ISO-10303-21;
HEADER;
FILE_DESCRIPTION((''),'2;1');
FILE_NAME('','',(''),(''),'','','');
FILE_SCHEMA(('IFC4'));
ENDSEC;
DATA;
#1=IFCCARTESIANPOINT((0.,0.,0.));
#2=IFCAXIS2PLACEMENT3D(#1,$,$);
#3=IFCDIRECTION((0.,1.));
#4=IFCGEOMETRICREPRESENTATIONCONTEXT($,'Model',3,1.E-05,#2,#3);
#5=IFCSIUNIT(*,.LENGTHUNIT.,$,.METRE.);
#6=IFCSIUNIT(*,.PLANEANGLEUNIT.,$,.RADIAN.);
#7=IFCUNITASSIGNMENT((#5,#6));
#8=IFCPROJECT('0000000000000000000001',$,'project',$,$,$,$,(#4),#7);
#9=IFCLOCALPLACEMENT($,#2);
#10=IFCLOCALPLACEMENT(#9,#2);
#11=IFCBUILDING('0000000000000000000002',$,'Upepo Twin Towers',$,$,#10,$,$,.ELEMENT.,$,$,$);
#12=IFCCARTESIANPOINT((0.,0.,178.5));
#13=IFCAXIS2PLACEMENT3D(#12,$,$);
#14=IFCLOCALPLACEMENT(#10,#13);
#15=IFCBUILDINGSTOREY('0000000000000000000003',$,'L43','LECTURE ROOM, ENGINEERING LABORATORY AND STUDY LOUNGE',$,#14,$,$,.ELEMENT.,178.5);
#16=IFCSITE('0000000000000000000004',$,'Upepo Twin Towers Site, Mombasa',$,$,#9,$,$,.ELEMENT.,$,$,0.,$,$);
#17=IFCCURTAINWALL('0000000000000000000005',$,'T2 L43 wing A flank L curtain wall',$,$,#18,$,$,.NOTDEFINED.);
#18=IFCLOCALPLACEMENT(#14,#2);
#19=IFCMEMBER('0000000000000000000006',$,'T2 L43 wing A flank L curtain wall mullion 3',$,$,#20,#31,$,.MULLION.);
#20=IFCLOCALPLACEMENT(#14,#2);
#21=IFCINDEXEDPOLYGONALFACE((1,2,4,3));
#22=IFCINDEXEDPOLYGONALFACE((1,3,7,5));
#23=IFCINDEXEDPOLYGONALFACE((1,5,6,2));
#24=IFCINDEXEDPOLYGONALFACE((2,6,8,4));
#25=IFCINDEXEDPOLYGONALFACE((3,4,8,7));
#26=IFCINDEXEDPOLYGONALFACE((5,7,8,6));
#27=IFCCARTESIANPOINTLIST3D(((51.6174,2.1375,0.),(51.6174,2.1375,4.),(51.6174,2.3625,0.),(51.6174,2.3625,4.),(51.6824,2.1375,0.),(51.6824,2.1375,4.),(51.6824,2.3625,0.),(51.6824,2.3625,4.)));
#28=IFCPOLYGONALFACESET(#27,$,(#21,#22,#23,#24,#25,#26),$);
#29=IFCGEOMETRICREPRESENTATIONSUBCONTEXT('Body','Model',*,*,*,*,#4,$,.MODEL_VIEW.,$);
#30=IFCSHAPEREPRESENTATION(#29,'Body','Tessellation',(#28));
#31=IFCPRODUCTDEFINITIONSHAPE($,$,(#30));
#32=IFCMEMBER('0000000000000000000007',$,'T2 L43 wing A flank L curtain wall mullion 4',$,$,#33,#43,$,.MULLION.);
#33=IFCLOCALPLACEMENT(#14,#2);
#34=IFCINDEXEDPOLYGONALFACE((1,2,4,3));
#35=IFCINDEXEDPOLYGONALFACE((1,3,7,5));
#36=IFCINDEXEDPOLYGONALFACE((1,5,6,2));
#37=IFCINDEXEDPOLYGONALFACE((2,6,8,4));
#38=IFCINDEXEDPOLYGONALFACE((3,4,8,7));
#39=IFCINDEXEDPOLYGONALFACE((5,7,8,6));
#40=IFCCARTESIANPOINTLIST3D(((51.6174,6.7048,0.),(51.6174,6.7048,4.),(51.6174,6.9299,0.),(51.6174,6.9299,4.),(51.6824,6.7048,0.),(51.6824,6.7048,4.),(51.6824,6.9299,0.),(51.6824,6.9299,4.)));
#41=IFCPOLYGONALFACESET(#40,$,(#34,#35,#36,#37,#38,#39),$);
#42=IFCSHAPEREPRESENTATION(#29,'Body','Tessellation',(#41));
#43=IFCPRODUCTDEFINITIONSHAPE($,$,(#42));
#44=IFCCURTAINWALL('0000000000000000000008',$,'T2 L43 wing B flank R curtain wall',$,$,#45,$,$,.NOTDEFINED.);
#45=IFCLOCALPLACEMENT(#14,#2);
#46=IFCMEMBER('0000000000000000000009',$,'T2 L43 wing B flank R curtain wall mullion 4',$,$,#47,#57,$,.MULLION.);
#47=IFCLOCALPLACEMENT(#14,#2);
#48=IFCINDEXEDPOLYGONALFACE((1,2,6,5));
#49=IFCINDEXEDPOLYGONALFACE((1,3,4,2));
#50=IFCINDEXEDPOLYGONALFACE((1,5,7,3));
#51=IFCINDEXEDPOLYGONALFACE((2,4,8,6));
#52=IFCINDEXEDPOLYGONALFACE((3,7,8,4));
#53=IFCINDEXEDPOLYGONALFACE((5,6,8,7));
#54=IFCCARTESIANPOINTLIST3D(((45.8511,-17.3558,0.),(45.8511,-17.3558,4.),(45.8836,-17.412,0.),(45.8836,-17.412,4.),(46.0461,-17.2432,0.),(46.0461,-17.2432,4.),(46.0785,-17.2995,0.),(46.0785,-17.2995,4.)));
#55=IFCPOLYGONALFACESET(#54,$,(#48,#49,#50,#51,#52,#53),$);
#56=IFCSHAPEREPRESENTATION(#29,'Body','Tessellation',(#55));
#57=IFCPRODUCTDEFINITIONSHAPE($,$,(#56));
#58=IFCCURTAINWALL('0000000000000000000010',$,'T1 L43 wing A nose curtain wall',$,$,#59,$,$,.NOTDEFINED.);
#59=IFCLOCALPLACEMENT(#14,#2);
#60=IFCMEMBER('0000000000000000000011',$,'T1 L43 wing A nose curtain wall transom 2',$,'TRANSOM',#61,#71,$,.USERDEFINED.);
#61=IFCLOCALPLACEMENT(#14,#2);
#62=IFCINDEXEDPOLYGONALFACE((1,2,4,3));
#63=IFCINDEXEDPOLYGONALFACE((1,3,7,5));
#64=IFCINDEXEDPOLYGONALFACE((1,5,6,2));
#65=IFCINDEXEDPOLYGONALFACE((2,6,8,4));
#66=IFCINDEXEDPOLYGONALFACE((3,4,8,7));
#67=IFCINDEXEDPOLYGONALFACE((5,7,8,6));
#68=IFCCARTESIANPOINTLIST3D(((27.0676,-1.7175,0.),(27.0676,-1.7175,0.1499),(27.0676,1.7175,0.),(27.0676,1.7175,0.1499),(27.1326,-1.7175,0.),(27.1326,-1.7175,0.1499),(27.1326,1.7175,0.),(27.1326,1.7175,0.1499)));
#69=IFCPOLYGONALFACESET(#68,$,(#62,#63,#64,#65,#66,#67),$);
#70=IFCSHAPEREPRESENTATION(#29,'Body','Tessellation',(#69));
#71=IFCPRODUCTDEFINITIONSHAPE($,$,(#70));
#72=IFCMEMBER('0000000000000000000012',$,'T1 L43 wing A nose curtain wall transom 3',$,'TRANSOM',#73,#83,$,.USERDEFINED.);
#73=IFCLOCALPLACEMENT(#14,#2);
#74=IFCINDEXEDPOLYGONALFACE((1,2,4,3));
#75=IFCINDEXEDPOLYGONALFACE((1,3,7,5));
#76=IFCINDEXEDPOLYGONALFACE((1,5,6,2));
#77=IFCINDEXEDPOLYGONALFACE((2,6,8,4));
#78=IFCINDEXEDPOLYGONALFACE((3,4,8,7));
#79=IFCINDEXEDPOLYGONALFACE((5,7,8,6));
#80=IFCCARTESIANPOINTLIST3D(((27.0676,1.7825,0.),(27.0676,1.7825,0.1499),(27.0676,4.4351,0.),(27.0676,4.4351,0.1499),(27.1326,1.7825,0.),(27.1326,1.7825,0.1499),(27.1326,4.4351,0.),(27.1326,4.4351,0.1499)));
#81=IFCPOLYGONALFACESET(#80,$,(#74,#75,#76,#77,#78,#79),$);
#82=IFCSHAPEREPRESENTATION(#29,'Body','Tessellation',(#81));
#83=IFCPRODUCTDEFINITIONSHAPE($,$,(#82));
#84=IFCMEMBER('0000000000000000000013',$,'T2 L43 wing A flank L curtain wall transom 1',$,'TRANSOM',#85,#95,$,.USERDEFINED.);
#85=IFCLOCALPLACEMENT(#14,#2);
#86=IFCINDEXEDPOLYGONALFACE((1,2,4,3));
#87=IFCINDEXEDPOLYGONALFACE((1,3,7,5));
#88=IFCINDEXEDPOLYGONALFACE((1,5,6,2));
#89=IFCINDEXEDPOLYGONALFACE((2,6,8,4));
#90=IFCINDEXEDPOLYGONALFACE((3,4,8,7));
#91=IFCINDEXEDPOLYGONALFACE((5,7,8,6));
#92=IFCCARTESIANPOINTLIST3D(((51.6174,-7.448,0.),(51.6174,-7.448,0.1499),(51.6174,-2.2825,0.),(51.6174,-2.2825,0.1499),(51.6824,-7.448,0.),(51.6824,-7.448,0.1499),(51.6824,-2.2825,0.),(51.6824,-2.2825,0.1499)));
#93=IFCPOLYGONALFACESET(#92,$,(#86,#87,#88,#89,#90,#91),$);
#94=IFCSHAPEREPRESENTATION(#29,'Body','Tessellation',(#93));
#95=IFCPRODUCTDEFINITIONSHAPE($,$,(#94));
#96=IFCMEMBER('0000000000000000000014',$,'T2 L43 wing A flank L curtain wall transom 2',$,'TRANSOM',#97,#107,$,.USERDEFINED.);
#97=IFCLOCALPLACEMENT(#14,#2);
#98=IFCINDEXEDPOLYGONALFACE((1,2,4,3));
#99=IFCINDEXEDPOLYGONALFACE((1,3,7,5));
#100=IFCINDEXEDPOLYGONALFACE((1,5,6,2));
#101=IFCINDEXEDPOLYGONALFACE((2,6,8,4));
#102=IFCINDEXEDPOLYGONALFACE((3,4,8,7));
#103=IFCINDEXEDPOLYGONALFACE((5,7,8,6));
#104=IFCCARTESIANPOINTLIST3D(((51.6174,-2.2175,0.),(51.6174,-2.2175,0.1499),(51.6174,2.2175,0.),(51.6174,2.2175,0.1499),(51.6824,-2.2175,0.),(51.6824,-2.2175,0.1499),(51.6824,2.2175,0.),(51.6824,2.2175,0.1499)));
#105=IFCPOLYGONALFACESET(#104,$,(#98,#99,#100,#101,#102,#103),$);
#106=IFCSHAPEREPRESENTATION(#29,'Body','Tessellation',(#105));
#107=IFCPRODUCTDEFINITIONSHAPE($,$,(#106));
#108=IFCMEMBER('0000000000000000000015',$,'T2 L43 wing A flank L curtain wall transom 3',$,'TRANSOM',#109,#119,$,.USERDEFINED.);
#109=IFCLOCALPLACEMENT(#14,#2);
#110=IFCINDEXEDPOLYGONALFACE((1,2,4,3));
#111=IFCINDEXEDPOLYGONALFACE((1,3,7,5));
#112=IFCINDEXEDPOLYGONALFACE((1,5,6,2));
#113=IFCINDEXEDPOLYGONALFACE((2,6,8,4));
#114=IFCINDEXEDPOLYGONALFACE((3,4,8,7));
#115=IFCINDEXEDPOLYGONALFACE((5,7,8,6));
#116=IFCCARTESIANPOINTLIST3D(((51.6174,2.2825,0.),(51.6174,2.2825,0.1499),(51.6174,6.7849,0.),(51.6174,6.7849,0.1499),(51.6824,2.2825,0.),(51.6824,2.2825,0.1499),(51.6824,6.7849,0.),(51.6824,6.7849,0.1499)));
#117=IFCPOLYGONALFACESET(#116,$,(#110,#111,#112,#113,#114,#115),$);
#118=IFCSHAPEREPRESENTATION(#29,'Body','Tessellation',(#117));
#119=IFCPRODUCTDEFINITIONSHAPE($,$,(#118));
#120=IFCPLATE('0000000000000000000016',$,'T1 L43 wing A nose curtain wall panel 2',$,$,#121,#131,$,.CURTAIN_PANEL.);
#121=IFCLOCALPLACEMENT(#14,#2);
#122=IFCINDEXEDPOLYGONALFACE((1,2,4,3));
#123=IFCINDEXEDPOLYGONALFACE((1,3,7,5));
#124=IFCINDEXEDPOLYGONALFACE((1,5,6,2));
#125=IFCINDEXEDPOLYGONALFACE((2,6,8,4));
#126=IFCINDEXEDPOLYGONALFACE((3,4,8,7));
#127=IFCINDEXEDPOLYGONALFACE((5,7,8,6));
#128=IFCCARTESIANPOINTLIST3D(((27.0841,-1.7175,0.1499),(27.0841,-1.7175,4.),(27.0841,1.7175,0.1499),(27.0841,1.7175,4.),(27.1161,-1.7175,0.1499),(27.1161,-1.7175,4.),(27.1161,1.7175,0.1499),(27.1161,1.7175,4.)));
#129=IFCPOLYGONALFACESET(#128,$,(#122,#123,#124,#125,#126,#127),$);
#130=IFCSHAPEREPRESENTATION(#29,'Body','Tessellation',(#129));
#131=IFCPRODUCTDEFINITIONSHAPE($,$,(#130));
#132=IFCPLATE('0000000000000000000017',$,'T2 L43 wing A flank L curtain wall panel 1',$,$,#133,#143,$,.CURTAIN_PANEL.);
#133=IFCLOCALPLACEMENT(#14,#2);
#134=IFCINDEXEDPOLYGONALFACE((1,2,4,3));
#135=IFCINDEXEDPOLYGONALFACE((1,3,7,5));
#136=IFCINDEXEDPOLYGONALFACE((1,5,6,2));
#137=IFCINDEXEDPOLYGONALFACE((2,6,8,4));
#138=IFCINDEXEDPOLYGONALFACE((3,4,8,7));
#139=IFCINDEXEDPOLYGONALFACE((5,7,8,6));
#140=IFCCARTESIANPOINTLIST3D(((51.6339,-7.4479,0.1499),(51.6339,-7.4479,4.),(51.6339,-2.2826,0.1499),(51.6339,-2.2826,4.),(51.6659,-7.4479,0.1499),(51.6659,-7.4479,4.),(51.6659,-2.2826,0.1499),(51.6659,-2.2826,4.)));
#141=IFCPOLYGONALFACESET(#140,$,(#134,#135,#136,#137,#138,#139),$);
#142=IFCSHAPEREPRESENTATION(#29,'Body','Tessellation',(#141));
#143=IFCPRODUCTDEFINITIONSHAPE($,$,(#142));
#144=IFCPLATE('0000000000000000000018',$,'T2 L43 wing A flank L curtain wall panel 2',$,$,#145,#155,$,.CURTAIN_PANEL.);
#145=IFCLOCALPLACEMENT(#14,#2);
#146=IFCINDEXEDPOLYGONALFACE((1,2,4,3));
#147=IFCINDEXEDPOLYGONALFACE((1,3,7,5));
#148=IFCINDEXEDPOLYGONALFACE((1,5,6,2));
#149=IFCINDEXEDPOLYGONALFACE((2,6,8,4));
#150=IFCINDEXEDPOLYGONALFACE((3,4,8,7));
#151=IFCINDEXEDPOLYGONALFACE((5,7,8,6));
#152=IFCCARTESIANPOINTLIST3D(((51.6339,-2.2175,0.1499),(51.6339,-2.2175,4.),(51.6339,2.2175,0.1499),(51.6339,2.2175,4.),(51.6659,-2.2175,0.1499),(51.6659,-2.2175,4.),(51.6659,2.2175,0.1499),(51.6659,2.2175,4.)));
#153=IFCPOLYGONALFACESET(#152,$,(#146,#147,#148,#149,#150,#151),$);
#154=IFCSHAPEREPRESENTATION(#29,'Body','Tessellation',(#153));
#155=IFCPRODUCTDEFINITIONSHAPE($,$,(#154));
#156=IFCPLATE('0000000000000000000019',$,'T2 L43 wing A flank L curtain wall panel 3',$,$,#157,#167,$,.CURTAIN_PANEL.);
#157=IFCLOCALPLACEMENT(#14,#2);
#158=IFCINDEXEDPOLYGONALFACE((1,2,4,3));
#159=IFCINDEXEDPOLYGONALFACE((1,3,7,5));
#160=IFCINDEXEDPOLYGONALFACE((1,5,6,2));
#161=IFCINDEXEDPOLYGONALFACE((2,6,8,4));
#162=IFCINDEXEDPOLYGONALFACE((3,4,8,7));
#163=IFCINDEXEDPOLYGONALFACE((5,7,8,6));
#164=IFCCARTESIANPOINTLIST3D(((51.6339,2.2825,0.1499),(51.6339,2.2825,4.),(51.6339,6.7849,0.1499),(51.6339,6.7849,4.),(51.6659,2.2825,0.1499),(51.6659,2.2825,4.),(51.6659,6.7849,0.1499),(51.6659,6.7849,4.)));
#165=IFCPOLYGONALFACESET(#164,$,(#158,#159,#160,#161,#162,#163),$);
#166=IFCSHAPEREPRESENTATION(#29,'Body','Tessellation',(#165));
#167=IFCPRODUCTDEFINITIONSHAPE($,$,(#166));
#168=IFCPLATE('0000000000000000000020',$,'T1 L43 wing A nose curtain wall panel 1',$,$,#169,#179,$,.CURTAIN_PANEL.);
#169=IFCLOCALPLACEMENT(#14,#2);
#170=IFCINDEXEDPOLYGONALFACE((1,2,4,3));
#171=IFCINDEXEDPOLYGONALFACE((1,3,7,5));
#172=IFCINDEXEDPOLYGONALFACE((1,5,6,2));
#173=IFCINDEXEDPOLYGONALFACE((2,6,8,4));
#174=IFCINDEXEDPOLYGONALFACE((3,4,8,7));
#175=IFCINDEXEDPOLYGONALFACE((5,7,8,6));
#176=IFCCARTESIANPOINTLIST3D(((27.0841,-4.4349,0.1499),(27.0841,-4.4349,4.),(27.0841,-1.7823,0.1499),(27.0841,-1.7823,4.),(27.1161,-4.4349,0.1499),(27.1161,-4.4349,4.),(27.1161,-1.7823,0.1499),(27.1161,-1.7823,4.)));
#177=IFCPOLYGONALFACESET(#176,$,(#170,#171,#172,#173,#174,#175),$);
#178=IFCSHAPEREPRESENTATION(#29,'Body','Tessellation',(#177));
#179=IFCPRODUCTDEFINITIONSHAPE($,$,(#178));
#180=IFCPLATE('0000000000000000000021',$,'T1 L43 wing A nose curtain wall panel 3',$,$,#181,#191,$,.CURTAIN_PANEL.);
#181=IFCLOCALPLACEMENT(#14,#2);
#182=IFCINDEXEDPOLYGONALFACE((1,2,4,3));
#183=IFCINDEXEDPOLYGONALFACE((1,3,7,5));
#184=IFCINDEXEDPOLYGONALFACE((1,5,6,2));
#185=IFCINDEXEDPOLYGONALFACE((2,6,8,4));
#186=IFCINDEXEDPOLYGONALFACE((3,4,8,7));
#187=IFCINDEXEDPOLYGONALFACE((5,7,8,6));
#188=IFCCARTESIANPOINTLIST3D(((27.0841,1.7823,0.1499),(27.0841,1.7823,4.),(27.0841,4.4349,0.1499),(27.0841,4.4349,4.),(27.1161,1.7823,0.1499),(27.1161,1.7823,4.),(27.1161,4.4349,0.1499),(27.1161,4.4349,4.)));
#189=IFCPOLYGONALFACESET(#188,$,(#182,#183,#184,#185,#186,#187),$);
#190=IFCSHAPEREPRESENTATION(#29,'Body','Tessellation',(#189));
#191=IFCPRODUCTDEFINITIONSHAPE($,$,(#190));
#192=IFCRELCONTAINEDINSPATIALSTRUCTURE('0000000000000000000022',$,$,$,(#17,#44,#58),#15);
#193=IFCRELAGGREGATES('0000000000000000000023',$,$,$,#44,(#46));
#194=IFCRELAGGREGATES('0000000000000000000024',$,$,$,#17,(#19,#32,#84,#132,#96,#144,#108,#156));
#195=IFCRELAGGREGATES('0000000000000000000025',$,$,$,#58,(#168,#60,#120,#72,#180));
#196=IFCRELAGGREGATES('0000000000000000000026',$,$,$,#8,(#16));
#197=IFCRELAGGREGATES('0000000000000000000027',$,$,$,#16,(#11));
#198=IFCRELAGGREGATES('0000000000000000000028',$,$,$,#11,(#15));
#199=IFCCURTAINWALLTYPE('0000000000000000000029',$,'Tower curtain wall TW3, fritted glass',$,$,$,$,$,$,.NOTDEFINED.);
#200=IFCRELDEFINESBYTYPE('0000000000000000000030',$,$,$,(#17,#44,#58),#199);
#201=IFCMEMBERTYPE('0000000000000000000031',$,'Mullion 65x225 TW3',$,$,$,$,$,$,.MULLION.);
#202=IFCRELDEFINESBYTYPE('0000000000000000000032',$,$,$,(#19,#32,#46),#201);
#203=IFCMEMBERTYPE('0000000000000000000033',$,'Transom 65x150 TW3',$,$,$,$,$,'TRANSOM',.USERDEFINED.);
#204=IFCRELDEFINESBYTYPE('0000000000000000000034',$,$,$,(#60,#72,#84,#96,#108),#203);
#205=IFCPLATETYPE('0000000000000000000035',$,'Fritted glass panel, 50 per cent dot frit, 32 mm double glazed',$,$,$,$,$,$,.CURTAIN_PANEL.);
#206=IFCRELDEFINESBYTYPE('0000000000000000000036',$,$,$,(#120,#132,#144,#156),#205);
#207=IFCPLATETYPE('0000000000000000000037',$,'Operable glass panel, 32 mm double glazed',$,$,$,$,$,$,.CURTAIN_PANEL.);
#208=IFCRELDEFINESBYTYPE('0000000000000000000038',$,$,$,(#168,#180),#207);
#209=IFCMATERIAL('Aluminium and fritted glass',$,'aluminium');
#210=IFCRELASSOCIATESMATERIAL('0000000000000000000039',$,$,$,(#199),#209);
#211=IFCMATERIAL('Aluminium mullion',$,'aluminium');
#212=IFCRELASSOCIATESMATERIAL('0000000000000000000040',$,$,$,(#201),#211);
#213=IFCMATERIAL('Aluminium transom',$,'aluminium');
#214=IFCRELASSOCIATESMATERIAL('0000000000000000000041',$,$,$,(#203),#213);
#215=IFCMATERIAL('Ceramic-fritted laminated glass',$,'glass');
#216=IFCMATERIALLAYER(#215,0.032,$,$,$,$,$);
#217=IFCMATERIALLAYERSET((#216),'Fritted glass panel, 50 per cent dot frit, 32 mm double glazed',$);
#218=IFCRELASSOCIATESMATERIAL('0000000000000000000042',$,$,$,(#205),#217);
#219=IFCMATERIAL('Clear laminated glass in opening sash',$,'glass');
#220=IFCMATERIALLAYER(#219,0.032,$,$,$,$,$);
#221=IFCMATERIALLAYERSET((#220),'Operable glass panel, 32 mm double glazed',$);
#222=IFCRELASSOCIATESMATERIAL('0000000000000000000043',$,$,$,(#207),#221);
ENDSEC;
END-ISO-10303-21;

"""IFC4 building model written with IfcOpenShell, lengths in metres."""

from ifc_helpers import new_model, si_unit, direction, frame, origin, origin_2d, place, context, subcontext, project, spatial, rectangle, extrude, material, layer, layer_set, material_profile, profile_set, type_object, element, aggregate, save


model = new_model("IFC4")

# Units and contexts
model_context = context("Model", 3, precision=1e-05, world=origin(), true_north=direction((0.0, 1.0)))
body_context = subcontext(model_context, "Body", "Model", "MODEL_VIEW")
ifc_project = project(units=[si_unit("LENGTHUNIT", "METRE"), si_unit("PLANEANGLEUNIT", "RADIAN")], contexts=[model_context])

# Site, building, storey
site_placement = place(None, origin())
site = spatial("IfcSite", under=ifc_project, at=site_placement, Name="Upepo Twin Towers Site, Mombasa", CompositionType="ELEMENT", RefElevation=0.0)
building_placement = place(site_placement, origin())
building = spatial("IfcBuilding", under=site, at=building_placement, Name="Upepo Twin Towers", CompositionType="ELEMENT")
storey_placement = place(building_placement, frame((0.0, 0.0, 178.5)))
storey = spatial("IfcBuildingStorey", under=building, at=storey_placement, Name="L43", Description="LECTURE ROOM, ENGINEERING LABORATORY AND STUDY LOUNGE", CompositionType="ELEMENT", Elevation=178.5)

# Curtain wall, members
ifc_material_1 = material(Name="Aluminium and fritted glass", Category="aluminium")
curtain_wall_type = type_object("IfcCurtainWallType", Name="Tower curtain wall TW3, fritted glass", PredefinedType="NOTDEFINED", material=ifc_material_1)
curtain_wall_1_placement = place(storey_placement, origin())
curtain_wall_1 = element("IfcCurtainWall", 1, at=curtain_wall_1_placement, inside=storey, type_object=curtain_wall_type, Name="T2 L43 wing A flank L curtain wall", PredefinedType="NOTDEFINED")
ifc_material_2 = material(Name="Aluminium mullion", Category="aluminium")
ifc_material_profile_1 = material_profile(ifc_material_2, rectangle(XDim=0.0649, YDim=0.2251, at=origin_2d()), Name="MULLION 65x225")
ifc_profile_set_1 = profile_set([ifc_material_profile_1], Name="Aluminium mullion")
member_type_1 = type_object("IfcMemberType", Name="Mullion 65x225 TW3", PredefinedType="MULLION", material=ifc_profile_set_1)
member_1_placement = place(storey_placement, frame((51.6499, 2.25, 0.0), z_axis=(0.0, 0.0, 1.0), x_axis=(-1.0, 0.0, 0.0)))
member_1 = element("IfcMember", 2, at=member_1_placement, type_object=member_type_1, Name="T2 L43 wing A flank L curtain wall mullion 3", PredefinedType="MULLION", context=body_context, shape_type="SweptSolid", body=[
    extrude(rectangle(XDim=0.0649, YDim=0.2251, at=origin_2d()), origin(), (0.0, 0.0, 1.0), 4.0),
])
member_2_placement = place(storey_placement, frame((51.6499, 6.8174, 0.0), z_axis=(0.0, 0.0, 1.0), x_axis=(-1.0, 0.0, 0.0)))
member_2 = element("IfcMember", 3, at=member_2_placement, type_object=member_type_1, Name="T2 L43 wing A flank L curtain wall mullion 4", PredefinedType="MULLION", context=body_context, shape_type="SweptSolid", body=[
    extrude(rectangle(XDim=0.0649, YDim=0.2251, at=origin_2d()), origin(), (0.0, 0.0, 1.0), 4.0),
])

# Curtain wall, member
curtain_wall_2_placement = place(storey_placement, origin())
curtain_wall_2 = element("IfcCurtainWall", 4, at=curtain_wall_2_placement, inside=storey, type_object=curtain_wall_type, Name="T2 L43 wing B flank R curtain wall", PredefinedType="NOTDEFINED")
member_3_placement = place(storey_placement, frame((45.9648, -17.3276, 0.0), z_axis=(0.0, 0.0, 1.0), x_axis=(-0.5, 0.866025, 0.0)))
member_3 = element("IfcMember", 5, at=member_3_placement, type_object=member_type_1, Name="T2 L43 wing B flank R curtain wall mullion 4", PredefinedType="MULLION", context=body_context, shape_type="SweptSolid", body=[
    extrude(rectangle(XDim=0.0649, YDim=0.2251, at=origin_2d()), origin(), (0.0, 0.0, 1.0), 4.0),
])
aggregate(curtain_wall_2, [member_3])

# Curtain wall, members
curtain_wall_3_placement = place(storey_placement, origin())
curtain_wall_3 = element("IfcCurtainWall", 6, at=curtain_wall_3_placement, inside=storey, type_object=curtain_wall_type, Name="T1 L43 wing A nose curtain wall", PredefinedType="NOTDEFINED")
ifc_material_3 = material(Name="Aluminium transom", Category="aluminium")
ifc_material_profile_2 = material_profile(ifc_material_3, rectangle(XDim=0.0649, YDim=0.1499, at=origin_2d()), Name="TRANSOM 65x150")
ifc_profile_set_2 = profile_set([ifc_material_profile_2], Name="Aluminium transom")
member_type_2 = type_object("IfcMemberType", Name="Transom 65x150 TW3", ElementType="TRANSOM", PredefinedType="USERDEFINED", material=ifc_profile_set_2)
member_4_placement = place(storey_placement, frame((27.1001, -1.7175, 0.075), z_axis=(0.0, 1.0, 0.0), x_axis=(-1.0, 0.0, 0.0)))
member_4 = element("IfcMember", 7, at=member_4_placement, type_object=member_type_2, Name="T1 L43 wing A nose curtain wall transom 2", ObjectType="TRANSOM", PredefinedType="USERDEFINED", context=body_context, shape_type="SweptSolid", body=[
    extrude(rectangle(XDim=0.0649, YDim=0.1499, at=origin_2d()), origin(), (0.0, 0.0, 1.0), 3.4351),
])
member_5_placement = place(storey_placement, frame((27.1001, 1.7825, 0.075), z_axis=(0.0, 1.0, 0.0), x_axis=(-1.0, 0.0, 0.0)))
member_5 = element("IfcMember", 8, at=member_5_placement, type_object=member_type_2, Name="T1 L43 wing A nose curtain wall transom 3", ObjectType="TRANSOM", PredefinedType="USERDEFINED", context=body_context, shape_type="SweptSolid", body=[
    extrude(rectangle(XDim=0.0649, YDim=0.1499, at=origin_2d()), origin(), (0.0, 0.0, 1.0), 2.6526),
])

# Members
member_6_placement = place(storey_placement, frame((51.6499, -7.448, 0.075), z_axis=(0.0, 1.0, 0.0), x_axis=(-1.0, 0.0, 0.0)))
member_6 = element("IfcMember", 9, at=member_6_placement, type_object=member_type_2, Name="T2 L43 wing A flank L curtain wall transom 1", ObjectType="TRANSOM", PredefinedType="USERDEFINED", context=body_context, shape_type="SweptSolid", body=[
    extrude(rectangle(XDim=0.0649, YDim=0.1499, at=origin_2d()), origin(), (0.0, 0.0, 1.0), 5.1655),
])
member_7_placement = place(storey_placement, frame((51.6499, -2.2175, 0.075), z_axis=(0.0, 1.0, 0.0), x_axis=(-1.0, 0.0, 0.0)))
member_7 = element("IfcMember", 10, at=member_7_placement, type_object=member_type_2, Name="T2 L43 wing A flank L curtain wall transom 2", ObjectType="TRANSOM", PredefinedType="USERDEFINED", context=body_context, shape_type="SweptSolid", body=[
    extrude(rectangle(XDim=0.0649, YDim=0.1499, at=origin_2d()), origin(), (0.0, 0.0, 1.0), 4.4351),
])
member_8_placement = place(storey_placement, frame((51.6499, 2.2825, 0.075), z_axis=(0.0, 1.0, 0.0), x_axis=(-1.0, 0.0, 0.0)))
member_8 = element("IfcMember", 11, at=member_8_placement, type_object=member_type_2, Name="T2 L43 wing A flank L curtain wall transom 3", ObjectType="TRANSOM", PredefinedType="USERDEFINED", context=body_context, shape_type="SweptSolid", body=[
    extrude(rectangle(XDim=0.0649, YDim=0.1499, at=origin_2d()), origin(), (0.0, 0.0, 1.0), 4.5024),
])

# Plates
ifc_material_4 = material(Name="Ceramic-fritted laminated glass", Category="glass")
ifc_layer_1 = layer(ifc_material_4, 0.032)
ifc_layer_set_1 = layer_set([ifc_layer_1], Name="Fritted glass panel, 50 per cent dot frit, 32 mm double glazed")
plate_type_1 = type_object("IfcPlateType", Name="Fritted glass panel, 50 per cent dot frit, 32 mm double glazed", PredefinedType="CURTAIN_PANEL", material=ifc_layer_set_1)
plate_1_placement = place(storey_placement, frame((27.1001, 0.0, 0.1499), z_axis=(0.0, 0.0, 1.0), x_axis=(0.0, 1.0, 0.0)))
plate_1 = element("IfcPlate", 12, at=plate_1_placement, type_object=plate_type_1, Name="T1 L43 wing A nose curtain wall panel 2", PredefinedType="CURTAIN_PANEL", context=body_context, shape_type="SweptSolid", body=[
    extrude(rectangle(XDim=3.4351, YDim=0.032, at=origin_2d()), origin(), (0.0, 0.0, 1.0), 3.8501),
])
plate_2_placement = place(storey_placement, frame((51.6499, -4.8652, 0.1499), z_axis=(0.0, 0.0, 1.0), x_axis=(0.0, 1.0, 0.0)))
plate_2 = element("IfcPlate", 13, at=plate_2_placement, type_object=plate_type_1, Name="T2 L43 wing A flank L curtain wall panel 1", PredefinedType="CURTAIN_PANEL", context=body_context, shape_type="SweptSolid", body=[
    extrude(rectangle(XDim=5.1653, YDim=0.032, at=origin_2d()), origin(), (0.0, 0.0, 1.0), 3.8501),
])
plate_3_placement = place(storey_placement, frame((51.6499, 0.0, 0.1499), z_axis=(0.0, 0.0, 1.0), x_axis=(0.0, 1.0, 0.0)))
plate_3 = element("IfcPlate", 14, at=plate_3_placement, type_object=plate_type_1, Name="T2 L43 wing A flank L curtain wall panel 2", PredefinedType="CURTAIN_PANEL", context=body_context, shape_type="SweptSolid", body=[
    extrude(rectangle(XDim=4.4351, YDim=0.032, at=origin_2d()), origin(), (0.0, 0.0, 1.0), 3.8501),
])
plate_4_placement = place(storey_placement, frame((51.6499, 4.5337, 0.1499), z_axis=(0.0, 0.0, 1.0), x_axis=(0.0, 1.0, 0.0)))
plate_4 = element("IfcPlate", 15, at=plate_4_placement, type_object=plate_type_1, Name="T2 L43 wing A flank L curtain wall panel 3", PredefinedType="CURTAIN_PANEL", context=body_context, shape_type="SweptSolid", body=[
    extrude(rectangle(XDim=4.5024, YDim=0.032, at=origin_2d()), origin(), (0.0, 0.0, 1.0), 3.8501),
])
aggregate(curtain_wall_1, [member_1, member_2, member_6, plate_2, member_7, plate_3, member_8, plate_4])
ifc_material_5 = material(Name="Clear laminated glass in opening sash", Category="glass")
ifc_layer_2 = layer(ifc_material_5, 0.032)
ifc_layer_set_2 = layer_set([ifc_layer_2], Name="Operable glass panel, 32 mm double glazed")
plate_type_2 = type_object("IfcPlateType", Name="Operable glass panel, 32 mm double glazed", PredefinedType="CURTAIN_PANEL", material=ifc_layer_set_2)
plate_5_placement = place(storey_placement, frame((27.1001, -3.1086, 0.1499), z_axis=(0.0, 0.0, 1.0), x_axis=(0.0, 1.0, 0.0)))
plate_5 = element("IfcPlate", 16, at=plate_5_placement, type_object=plate_type_2, Name="T1 L43 wing A nose curtain wall panel 1", PredefinedType="CURTAIN_PANEL", context=body_context, shape_type="SweptSolid", body=[
    extrude(rectangle(XDim=2.6526, YDim=0.032, at=origin_2d()), origin(), (0.0, 0.0, 1.0), 3.8501),
])
plate_6_placement = place(storey_placement, frame((27.1001, 3.1086, 0.1499), z_axis=(0.0, 0.0, 1.0), x_axis=(0.0, 1.0, 0.0)))
plate_6 = element("IfcPlate", 17, at=plate_6_placement, type_object=plate_type_2, Name="T1 L43 wing A nose curtain wall panel 3", PredefinedType="CURTAIN_PANEL", context=body_context, shape_type="SweptSolid", body=[
    extrude(rectangle(XDim=2.6526, YDim=0.032, at=origin_2d()), origin(), (0.0, 0.0, 1.0), 3.8501),
])
aggregate(curtain_wall_3, [plate_5, member_4, plate_1, member_5, plate_6])

save(model, "model.ifc")
